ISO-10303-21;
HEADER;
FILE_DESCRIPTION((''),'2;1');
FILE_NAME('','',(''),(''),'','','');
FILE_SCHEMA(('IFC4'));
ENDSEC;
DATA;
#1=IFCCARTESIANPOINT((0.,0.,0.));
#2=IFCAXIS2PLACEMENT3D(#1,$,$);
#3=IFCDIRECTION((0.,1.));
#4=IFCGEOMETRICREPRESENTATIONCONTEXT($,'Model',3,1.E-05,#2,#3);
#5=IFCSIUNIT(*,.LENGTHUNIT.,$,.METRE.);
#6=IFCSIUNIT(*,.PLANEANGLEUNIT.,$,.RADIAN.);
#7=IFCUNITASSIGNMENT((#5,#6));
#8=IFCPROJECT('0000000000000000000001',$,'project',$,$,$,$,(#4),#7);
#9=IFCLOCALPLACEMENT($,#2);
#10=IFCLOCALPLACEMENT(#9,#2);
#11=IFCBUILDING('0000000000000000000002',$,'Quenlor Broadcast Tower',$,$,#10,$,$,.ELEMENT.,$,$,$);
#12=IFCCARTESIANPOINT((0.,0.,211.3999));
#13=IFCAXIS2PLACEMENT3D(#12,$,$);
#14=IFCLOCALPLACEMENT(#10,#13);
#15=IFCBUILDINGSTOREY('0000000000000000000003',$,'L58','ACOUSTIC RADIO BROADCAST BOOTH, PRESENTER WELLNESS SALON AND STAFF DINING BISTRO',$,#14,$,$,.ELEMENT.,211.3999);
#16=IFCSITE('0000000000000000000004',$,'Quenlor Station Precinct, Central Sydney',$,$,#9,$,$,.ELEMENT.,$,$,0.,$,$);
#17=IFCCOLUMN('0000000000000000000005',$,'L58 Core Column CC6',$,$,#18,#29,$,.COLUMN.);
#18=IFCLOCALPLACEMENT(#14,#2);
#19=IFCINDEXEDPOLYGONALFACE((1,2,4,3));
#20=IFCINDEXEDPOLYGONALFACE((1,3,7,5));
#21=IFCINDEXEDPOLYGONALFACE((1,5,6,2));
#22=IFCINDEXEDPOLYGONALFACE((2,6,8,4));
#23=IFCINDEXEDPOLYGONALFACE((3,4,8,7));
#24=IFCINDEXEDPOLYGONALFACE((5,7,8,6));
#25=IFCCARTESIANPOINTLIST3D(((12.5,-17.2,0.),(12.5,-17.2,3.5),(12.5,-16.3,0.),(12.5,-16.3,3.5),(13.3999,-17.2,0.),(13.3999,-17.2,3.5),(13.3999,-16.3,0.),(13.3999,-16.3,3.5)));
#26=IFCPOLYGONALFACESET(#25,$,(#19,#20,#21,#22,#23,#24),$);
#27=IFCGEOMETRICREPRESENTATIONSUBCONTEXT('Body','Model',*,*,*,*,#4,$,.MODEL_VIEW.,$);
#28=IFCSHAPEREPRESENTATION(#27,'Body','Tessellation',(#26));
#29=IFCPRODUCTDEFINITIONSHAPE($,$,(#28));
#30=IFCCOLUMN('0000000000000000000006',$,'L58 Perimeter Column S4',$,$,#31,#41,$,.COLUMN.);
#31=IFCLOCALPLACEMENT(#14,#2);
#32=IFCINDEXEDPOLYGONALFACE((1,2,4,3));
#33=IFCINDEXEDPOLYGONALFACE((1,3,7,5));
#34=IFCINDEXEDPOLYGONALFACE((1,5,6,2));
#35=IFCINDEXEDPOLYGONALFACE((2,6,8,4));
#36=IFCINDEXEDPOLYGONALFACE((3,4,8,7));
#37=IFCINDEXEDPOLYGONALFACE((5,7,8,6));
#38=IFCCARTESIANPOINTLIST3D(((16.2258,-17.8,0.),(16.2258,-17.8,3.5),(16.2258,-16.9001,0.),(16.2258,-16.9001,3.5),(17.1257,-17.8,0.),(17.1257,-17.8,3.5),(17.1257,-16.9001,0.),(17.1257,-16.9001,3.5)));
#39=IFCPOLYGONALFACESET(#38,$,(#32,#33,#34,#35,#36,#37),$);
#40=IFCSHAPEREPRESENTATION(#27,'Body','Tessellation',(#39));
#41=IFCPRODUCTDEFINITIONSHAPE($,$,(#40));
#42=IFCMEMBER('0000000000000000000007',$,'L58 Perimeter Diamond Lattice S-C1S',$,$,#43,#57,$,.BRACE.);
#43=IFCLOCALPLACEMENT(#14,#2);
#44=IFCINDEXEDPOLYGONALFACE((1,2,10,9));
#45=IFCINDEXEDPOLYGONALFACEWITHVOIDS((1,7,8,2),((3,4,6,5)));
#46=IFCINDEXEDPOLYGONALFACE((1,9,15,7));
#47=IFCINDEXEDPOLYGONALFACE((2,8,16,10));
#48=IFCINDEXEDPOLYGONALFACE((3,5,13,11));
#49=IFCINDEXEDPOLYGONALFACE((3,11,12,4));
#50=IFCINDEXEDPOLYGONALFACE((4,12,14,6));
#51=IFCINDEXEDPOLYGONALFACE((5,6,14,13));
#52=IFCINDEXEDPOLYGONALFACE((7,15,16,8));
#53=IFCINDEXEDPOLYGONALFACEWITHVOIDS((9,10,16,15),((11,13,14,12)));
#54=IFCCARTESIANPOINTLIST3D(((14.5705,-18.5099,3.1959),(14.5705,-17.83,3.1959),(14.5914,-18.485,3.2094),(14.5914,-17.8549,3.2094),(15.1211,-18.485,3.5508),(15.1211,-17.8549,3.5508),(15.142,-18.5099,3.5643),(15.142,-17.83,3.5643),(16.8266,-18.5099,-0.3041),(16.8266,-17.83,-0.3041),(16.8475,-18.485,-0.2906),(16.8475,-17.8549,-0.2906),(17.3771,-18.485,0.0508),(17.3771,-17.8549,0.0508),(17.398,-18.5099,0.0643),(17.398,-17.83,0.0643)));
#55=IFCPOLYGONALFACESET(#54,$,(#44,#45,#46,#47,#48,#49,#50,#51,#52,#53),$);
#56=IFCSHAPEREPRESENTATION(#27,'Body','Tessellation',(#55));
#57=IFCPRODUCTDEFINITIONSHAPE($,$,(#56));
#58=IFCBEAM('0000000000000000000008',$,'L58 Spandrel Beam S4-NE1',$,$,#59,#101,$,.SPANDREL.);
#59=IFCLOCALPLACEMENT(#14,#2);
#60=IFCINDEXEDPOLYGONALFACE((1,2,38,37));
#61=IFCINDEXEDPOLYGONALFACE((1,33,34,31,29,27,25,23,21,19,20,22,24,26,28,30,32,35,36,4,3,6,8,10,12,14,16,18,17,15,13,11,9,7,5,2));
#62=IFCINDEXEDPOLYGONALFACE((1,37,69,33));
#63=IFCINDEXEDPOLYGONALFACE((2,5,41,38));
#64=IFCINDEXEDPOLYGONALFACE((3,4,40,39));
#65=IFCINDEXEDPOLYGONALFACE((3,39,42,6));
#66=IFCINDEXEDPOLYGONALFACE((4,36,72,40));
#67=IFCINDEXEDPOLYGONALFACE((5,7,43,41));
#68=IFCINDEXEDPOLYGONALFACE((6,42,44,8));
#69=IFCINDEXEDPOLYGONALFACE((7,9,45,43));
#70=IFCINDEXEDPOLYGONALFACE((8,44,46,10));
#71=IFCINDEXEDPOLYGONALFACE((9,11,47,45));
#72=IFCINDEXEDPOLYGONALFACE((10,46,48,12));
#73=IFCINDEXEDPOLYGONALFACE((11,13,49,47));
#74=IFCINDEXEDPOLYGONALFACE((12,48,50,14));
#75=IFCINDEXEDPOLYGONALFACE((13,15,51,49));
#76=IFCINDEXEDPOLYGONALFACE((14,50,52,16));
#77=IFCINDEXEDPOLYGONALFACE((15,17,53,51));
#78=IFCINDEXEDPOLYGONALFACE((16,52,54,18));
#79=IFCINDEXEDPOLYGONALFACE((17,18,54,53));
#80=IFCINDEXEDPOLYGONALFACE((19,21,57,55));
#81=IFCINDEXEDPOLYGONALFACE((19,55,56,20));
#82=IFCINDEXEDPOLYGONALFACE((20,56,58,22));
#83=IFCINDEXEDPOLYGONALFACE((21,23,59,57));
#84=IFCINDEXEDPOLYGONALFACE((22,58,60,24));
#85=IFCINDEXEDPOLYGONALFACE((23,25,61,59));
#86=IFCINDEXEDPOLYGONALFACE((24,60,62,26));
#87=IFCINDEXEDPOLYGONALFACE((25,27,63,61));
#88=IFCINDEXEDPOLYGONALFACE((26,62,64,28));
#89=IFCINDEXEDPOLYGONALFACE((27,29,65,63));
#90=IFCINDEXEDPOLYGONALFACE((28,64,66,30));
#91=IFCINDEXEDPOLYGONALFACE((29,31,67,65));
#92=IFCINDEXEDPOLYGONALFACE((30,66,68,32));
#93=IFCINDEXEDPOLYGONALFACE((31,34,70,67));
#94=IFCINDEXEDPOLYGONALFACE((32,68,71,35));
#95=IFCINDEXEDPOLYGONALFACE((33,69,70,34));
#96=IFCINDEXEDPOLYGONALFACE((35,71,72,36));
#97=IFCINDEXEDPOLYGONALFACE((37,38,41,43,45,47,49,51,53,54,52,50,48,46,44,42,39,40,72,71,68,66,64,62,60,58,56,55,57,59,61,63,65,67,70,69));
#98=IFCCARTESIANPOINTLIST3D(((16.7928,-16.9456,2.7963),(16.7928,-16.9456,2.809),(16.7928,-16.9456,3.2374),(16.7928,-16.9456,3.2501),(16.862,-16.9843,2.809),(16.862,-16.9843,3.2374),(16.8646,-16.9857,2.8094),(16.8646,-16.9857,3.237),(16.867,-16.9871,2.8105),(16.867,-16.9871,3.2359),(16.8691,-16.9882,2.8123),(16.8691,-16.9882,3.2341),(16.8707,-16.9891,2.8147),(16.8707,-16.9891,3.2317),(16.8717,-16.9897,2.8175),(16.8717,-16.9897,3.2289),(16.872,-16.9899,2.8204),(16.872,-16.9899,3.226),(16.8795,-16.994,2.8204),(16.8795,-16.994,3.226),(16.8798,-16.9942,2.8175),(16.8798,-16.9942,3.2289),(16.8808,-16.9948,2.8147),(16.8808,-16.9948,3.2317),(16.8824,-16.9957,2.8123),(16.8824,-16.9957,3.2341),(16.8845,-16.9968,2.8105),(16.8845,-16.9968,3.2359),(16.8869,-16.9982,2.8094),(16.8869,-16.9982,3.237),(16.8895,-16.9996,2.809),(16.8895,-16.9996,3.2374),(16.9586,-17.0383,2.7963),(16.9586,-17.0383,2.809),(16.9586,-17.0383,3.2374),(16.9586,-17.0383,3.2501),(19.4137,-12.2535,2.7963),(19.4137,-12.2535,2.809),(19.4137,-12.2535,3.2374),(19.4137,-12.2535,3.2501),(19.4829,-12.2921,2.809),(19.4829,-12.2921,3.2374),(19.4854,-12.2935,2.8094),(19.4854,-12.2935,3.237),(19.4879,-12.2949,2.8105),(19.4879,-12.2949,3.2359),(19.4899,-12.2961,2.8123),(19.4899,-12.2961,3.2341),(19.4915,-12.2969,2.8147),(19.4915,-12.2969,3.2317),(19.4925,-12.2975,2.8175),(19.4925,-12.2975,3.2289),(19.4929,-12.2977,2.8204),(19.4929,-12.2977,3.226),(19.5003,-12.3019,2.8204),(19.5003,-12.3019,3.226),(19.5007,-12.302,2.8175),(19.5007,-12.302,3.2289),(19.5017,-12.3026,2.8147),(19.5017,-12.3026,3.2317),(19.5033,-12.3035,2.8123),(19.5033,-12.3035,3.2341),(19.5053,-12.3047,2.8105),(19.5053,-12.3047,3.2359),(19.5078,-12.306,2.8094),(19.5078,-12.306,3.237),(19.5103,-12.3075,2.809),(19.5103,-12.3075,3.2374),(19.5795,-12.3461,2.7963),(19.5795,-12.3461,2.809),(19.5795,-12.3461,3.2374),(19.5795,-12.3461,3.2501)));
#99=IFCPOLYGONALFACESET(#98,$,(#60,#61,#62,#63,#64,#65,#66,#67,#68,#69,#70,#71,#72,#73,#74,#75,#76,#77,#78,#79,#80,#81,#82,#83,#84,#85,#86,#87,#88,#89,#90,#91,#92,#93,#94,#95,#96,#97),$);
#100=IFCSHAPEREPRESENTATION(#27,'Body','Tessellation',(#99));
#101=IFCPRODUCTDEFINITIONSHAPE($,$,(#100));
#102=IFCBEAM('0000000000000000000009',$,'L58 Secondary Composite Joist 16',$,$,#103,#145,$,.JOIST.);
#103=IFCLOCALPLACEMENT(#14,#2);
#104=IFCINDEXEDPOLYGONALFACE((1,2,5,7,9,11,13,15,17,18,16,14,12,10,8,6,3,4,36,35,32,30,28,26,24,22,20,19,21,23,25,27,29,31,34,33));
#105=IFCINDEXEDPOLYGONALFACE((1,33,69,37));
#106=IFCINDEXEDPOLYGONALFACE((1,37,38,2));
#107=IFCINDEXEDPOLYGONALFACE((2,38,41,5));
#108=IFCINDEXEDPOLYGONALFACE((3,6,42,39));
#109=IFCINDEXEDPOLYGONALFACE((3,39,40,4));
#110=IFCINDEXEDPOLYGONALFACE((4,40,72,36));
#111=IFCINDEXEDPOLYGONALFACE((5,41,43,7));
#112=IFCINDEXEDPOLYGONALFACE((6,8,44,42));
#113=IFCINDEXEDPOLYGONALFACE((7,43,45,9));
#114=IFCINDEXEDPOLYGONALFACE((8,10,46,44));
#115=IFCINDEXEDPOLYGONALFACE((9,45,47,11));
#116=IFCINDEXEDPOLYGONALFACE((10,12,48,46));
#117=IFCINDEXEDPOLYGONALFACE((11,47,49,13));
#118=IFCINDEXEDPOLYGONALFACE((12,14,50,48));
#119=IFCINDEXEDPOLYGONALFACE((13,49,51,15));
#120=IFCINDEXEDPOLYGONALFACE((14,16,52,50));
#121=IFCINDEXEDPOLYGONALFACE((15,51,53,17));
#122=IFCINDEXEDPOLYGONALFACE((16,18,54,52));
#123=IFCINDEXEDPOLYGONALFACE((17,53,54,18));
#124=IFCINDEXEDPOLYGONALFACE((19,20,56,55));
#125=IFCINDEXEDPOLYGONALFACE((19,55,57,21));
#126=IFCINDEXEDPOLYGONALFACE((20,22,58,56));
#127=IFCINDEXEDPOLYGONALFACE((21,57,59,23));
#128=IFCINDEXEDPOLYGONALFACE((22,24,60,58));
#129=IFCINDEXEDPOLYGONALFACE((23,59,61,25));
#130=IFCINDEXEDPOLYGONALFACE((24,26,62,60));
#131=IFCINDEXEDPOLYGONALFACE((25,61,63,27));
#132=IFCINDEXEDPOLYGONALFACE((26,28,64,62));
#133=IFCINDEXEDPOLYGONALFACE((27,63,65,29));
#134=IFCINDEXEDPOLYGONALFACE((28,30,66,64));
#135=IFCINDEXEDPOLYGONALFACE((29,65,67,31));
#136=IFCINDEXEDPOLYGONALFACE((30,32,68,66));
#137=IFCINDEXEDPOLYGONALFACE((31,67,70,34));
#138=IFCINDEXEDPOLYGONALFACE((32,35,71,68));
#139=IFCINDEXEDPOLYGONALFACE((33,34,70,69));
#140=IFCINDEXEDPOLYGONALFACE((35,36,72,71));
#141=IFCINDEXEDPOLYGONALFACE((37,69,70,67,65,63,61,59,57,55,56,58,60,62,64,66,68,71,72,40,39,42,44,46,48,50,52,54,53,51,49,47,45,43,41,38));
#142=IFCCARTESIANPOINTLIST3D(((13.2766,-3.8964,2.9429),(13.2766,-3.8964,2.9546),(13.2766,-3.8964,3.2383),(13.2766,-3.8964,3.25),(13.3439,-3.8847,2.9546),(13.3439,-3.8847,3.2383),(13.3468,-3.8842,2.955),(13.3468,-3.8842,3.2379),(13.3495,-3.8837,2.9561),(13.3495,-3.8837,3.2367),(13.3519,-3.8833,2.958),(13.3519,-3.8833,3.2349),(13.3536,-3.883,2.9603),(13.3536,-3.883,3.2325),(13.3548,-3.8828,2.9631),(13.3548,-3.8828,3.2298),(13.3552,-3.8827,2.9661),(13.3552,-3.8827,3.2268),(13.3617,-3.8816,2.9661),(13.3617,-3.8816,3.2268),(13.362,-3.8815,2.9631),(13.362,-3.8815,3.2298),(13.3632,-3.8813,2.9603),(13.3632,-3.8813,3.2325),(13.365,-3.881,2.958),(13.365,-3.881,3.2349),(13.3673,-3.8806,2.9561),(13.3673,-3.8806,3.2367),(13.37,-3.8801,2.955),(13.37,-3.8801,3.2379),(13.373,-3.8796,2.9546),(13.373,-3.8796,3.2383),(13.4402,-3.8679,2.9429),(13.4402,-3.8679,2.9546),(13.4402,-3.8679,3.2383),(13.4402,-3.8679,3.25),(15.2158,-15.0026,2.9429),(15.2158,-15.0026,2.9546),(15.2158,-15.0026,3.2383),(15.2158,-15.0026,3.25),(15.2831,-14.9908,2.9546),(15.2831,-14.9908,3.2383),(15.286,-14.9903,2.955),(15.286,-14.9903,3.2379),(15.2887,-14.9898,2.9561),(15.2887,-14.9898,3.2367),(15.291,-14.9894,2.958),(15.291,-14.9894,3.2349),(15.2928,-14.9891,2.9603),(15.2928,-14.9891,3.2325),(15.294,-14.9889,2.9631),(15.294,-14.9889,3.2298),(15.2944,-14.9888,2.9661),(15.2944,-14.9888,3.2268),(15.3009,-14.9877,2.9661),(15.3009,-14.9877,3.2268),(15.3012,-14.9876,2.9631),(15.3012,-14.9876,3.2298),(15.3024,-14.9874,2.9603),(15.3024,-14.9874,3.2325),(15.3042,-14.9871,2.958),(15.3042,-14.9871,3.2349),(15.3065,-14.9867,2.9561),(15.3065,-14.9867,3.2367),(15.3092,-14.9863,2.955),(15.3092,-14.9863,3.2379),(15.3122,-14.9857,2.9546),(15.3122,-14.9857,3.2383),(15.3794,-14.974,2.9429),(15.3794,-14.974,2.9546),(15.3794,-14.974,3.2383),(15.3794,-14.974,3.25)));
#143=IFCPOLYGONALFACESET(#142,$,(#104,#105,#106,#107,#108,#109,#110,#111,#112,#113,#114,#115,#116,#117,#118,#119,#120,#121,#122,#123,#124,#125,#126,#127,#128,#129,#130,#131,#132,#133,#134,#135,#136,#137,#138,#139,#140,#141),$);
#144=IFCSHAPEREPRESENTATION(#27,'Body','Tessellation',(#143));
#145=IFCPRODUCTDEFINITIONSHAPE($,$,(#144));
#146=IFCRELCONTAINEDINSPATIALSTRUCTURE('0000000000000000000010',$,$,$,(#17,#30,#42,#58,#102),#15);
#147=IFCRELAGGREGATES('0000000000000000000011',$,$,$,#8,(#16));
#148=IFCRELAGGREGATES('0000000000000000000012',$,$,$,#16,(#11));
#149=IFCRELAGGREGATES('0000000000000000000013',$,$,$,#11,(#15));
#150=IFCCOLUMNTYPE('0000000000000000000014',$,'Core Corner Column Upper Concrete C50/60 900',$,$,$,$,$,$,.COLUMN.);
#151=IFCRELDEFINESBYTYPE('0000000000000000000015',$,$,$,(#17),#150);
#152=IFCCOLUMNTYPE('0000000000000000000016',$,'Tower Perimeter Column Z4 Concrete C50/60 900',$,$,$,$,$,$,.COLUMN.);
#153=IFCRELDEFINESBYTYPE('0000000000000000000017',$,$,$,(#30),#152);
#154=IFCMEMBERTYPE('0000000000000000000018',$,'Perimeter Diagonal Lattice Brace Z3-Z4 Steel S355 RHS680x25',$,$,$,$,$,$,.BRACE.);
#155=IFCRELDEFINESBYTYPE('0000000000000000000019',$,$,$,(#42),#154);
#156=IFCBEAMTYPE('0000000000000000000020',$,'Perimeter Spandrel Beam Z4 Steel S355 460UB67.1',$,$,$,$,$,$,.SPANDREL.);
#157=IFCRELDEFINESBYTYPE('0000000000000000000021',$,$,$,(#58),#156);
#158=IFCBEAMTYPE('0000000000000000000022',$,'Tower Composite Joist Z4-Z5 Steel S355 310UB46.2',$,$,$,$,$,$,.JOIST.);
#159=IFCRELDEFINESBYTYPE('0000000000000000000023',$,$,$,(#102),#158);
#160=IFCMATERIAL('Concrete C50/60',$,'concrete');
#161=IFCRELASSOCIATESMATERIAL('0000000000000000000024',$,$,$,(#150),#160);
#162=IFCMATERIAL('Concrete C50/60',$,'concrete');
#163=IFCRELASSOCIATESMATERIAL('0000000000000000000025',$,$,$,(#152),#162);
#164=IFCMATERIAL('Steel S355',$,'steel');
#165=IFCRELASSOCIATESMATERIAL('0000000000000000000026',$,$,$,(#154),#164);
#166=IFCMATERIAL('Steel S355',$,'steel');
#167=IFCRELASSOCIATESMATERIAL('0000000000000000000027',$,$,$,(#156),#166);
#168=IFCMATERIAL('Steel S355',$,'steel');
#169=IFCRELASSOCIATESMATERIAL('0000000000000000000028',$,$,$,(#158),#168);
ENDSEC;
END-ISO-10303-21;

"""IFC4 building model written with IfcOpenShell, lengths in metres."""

from ifc_helpers import new_model, si_unit, direction, frame, origin, origin_2d, place, context, subcontext, project, spatial, rectangle, hollow_rectangle, i_section, extrude, material, material_profile, profile_set, type_object, element, save


model = new_model("IFC4")

# Units and contexts
model_context = context("Model", 3, precision=1e-05, world=origin(), true_north=direction((0.0, 1.0)))
body_context = subcontext(model_context, "Body", "Model", "MODEL_VIEW")
ifc_project = project(units=[si_unit("LENGTHUNIT", "METRE"), si_unit("PLANEANGLEUNIT", "RADIAN")], contexts=[model_context])

# Site, building, storey
site_placement = place(None, origin())
site = spatial("IfcSite", under=ifc_project, at=site_placement, Name="Quenlor Station Precinct, Central Sydney", CompositionType="ELEMENT", RefElevation=0.0)
building_placement = place(site_placement, origin())
building = spatial("IfcBuilding", under=site, at=building_placement, Name="Quenlor Broadcast Tower", CompositionType="ELEMENT")
storey_placement = place(building_placement, frame((0.0, 0.0, 211.3999)))
storey = spatial("IfcBuildingStorey", under=building, at=storey_placement, Name="L58", Description="ACOUSTIC RADIO BROADCAST BOOTH, PRESENTER WELLNESS SALON AND STAFF DINING BISTRO", CompositionType="ELEMENT", Elevation=211.3999)

# Columns
ifc_material_1 = material(Name="Concrete C50/60", Category="concrete")
ifc_material_profile_1 = material_profile(ifc_material_1, rectangle(XDim=0.8999, YDim=0.8999, at=origin_2d()))
ifc_profile_set_1 = profile_set([ifc_material_profile_1], Name="Concrete C50/60 RC900x900")
column_type_1 = type_object("IfcColumnType", Name="Core Corner Column Upper Concrete C50/60 900", PredefinedType="COLUMN", material=ifc_profile_set_1)
column_1_placement = place(storey_placement, frame((12.95, -16.75, 0.0), z_axis=(0.0, 0.0, 1.0), x_axis=(1.0, 0.0, 0.0)))
element("IfcColumn", 1, at=column_1_placement, inside=storey, type_object=column_type_1, Name="L58 Core Column CC6", PredefinedType="COLUMN", context=body_context, shape_type="SweptSolid", body=[
    extrude(rectangle(XDim=0.8999, YDim=0.8999, at=origin_2d()), origin(), (0.0, 0.0, 1.0), 3.5),
])
ifc_material_2 = material(Name="Concrete C50/60", Category="concrete")
ifc_material_profile_2 = material_profile(ifc_material_2, rectangle(XDim=0.8999, YDim=0.8999, at=origin_2d()))
ifc_profile_set_2 = profile_set([ifc_material_profile_2], Name="Concrete C50/60 RC900x900")
column_type_2 = type_object("IfcColumnType", Name="Tower Perimeter Column Z4 Concrete C50/60 900", PredefinedType="COLUMN", material=ifc_profile_set_2)
column_2_placement = place(storey_placement, frame((16.6758, -17.3501, 0.0), z_axis=(0.0, 0.0, 1.0), x_axis=(0.0, 1.0, 0.0)))
element("IfcColumn", 2, at=column_2_placement, inside=storey, type_object=column_type_2, Name="L58 Perimeter Column S4", PredefinedType="COLUMN", context=body_context, shape_type="SweptSolid", body=[
    extrude(rectangle(XDim=0.8999, YDim=0.8999, at=origin_2d()), origin(), (0.0, 0.0, 1.0), 3.5),
])

# Member
ifc_material_3 = material(Name="Steel S355", Category="steel")
ifc_material_profile_3 = material_profile(ifc_material_3, hollow_rectangle(XDim=0.6799, YDim=0.6799, WallThickness=0.0249, at=origin_2d()))
ifc_profile_set_3 = profile_set([ifc_material_profile_3], Name="Steel S355 RHS680x680x25")
member_type = type_object("IfcMemberType", Name="Perimeter Diagonal Lattice Brace Z3-Z4 Steel S355 RHS680x25", PredefinedType="BRACE", material=ifc_profile_set_3)
member_placement = place(storey_placement, frame((17.1123, -18.1699, -0.1199), z_axis=(-0.541794, 0.0, 0.840511), x_axis=(0.0, -1.0, 0.0)))
element("IfcMember", 3, at=member_placement, inside=storey, type_object=member_type, Name="L58 Perimeter Diamond Lattice S-C1S", PredefinedType="BRACE", context=body_context, shape_type="SweptSolid", body=[
    extrude(hollow_rectangle(XDim=0.6799, YDim=0.6799, WallThickness=0.0249, at=origin_2d()), origin(), (0.0, 0.0, 1.0), 4.1641),
])

# Beams
ifc_material_4 = material(Name="Steel S355", Category="steel")
ifc_material_profile_4 = material_profile(ifc_material_4, i_section(OverallWidth=0.1899, OverallDepth=0.4539, WebThickness=0.0085, FlangeThickness=0.0127, FilletRadius=0.0115, at=origin_2d()))
ifc_profile_set_4 = profile_set([ifc_material_profile_4], Name="Steel S355 460UB67.1")
beam_type_1 = type_object("IfcBeamType", Name="Perimeter Spandrel Beam Z4 Steel S355 460UB67.1", PredefinedType="SPANDREL", material=ifc_profile_set_4)
beam_1_placement = place(storey_placement, frame((16.8757, -16.9919, 3.0232), z_axis=(0.487647, 0.873041, 0.0), x_axis=(-0.873041, 0.487647, 0.0)))
element("IfcBeam", 4, at=beam_1_placement, inside=storey, type_object=beam_type_1, Name="L58 Spandrel Beam S4-NE1", PredefinedType="SPANDREL", context=body_context, shape_type="SweptSolid", body=[
    extrude(i_section(OverallWidth=0.1899, OverallDepth=0.4539, WebThickness=0.0085, FlangeThickness=0.0127, FilletRadius=0.0115, at=origin_2d()), origin(), (0.0, 0.0, 1.0), 5.3745),
])
ifc_material_5 = material(Name="Steel S355", Category="steel")
ifc_material_profile_5 = material_profile(ifc_material_5, i_section(OverallWidth=0.166, OverallDepth=0.3071, WebThickness=0.0066, FlangeThickness=0.0117, FilletRadius=0.0115, at=origin_2d()))
ifc_profile_set_5 = profile_set([ifc_material_profile_5], Name="Steel S355 310UB46.2")
beam_type_2 = type_object("IfcBeamType", Name="Tower Composite Joist Z4-Z5 Steel S355 310UB46.2", PredefinedType="JOIST", material=ifc_profile_set_5)
beam_2_placement = place(storey_placement, frame((15.2976, -14.9883, 3.0964), z_axis=(-0.172004, 0.985096, 0.0), x_axis=(-0.985096, -0.172004, 0.0)))
element("IfcBeam", 5, at=beam_2_placement, inside=storey, type_object=beam_type_2, Name="L58 Secondary Composite Joist 16", PredefinedType="JOIST", context=body_context, shape_type="SweptSolid", body=[
    extrude(i_section(OverallWidth=0.166, OverallDepth=0.3071, WebThickness=0.0066, FlangeThickness=0.0117, FilletRadius=0.0115, at=origin_2d()), origin(), (0.0, 0.0, 1.0), 11.2742),
])

save(model, "model.ifc")
